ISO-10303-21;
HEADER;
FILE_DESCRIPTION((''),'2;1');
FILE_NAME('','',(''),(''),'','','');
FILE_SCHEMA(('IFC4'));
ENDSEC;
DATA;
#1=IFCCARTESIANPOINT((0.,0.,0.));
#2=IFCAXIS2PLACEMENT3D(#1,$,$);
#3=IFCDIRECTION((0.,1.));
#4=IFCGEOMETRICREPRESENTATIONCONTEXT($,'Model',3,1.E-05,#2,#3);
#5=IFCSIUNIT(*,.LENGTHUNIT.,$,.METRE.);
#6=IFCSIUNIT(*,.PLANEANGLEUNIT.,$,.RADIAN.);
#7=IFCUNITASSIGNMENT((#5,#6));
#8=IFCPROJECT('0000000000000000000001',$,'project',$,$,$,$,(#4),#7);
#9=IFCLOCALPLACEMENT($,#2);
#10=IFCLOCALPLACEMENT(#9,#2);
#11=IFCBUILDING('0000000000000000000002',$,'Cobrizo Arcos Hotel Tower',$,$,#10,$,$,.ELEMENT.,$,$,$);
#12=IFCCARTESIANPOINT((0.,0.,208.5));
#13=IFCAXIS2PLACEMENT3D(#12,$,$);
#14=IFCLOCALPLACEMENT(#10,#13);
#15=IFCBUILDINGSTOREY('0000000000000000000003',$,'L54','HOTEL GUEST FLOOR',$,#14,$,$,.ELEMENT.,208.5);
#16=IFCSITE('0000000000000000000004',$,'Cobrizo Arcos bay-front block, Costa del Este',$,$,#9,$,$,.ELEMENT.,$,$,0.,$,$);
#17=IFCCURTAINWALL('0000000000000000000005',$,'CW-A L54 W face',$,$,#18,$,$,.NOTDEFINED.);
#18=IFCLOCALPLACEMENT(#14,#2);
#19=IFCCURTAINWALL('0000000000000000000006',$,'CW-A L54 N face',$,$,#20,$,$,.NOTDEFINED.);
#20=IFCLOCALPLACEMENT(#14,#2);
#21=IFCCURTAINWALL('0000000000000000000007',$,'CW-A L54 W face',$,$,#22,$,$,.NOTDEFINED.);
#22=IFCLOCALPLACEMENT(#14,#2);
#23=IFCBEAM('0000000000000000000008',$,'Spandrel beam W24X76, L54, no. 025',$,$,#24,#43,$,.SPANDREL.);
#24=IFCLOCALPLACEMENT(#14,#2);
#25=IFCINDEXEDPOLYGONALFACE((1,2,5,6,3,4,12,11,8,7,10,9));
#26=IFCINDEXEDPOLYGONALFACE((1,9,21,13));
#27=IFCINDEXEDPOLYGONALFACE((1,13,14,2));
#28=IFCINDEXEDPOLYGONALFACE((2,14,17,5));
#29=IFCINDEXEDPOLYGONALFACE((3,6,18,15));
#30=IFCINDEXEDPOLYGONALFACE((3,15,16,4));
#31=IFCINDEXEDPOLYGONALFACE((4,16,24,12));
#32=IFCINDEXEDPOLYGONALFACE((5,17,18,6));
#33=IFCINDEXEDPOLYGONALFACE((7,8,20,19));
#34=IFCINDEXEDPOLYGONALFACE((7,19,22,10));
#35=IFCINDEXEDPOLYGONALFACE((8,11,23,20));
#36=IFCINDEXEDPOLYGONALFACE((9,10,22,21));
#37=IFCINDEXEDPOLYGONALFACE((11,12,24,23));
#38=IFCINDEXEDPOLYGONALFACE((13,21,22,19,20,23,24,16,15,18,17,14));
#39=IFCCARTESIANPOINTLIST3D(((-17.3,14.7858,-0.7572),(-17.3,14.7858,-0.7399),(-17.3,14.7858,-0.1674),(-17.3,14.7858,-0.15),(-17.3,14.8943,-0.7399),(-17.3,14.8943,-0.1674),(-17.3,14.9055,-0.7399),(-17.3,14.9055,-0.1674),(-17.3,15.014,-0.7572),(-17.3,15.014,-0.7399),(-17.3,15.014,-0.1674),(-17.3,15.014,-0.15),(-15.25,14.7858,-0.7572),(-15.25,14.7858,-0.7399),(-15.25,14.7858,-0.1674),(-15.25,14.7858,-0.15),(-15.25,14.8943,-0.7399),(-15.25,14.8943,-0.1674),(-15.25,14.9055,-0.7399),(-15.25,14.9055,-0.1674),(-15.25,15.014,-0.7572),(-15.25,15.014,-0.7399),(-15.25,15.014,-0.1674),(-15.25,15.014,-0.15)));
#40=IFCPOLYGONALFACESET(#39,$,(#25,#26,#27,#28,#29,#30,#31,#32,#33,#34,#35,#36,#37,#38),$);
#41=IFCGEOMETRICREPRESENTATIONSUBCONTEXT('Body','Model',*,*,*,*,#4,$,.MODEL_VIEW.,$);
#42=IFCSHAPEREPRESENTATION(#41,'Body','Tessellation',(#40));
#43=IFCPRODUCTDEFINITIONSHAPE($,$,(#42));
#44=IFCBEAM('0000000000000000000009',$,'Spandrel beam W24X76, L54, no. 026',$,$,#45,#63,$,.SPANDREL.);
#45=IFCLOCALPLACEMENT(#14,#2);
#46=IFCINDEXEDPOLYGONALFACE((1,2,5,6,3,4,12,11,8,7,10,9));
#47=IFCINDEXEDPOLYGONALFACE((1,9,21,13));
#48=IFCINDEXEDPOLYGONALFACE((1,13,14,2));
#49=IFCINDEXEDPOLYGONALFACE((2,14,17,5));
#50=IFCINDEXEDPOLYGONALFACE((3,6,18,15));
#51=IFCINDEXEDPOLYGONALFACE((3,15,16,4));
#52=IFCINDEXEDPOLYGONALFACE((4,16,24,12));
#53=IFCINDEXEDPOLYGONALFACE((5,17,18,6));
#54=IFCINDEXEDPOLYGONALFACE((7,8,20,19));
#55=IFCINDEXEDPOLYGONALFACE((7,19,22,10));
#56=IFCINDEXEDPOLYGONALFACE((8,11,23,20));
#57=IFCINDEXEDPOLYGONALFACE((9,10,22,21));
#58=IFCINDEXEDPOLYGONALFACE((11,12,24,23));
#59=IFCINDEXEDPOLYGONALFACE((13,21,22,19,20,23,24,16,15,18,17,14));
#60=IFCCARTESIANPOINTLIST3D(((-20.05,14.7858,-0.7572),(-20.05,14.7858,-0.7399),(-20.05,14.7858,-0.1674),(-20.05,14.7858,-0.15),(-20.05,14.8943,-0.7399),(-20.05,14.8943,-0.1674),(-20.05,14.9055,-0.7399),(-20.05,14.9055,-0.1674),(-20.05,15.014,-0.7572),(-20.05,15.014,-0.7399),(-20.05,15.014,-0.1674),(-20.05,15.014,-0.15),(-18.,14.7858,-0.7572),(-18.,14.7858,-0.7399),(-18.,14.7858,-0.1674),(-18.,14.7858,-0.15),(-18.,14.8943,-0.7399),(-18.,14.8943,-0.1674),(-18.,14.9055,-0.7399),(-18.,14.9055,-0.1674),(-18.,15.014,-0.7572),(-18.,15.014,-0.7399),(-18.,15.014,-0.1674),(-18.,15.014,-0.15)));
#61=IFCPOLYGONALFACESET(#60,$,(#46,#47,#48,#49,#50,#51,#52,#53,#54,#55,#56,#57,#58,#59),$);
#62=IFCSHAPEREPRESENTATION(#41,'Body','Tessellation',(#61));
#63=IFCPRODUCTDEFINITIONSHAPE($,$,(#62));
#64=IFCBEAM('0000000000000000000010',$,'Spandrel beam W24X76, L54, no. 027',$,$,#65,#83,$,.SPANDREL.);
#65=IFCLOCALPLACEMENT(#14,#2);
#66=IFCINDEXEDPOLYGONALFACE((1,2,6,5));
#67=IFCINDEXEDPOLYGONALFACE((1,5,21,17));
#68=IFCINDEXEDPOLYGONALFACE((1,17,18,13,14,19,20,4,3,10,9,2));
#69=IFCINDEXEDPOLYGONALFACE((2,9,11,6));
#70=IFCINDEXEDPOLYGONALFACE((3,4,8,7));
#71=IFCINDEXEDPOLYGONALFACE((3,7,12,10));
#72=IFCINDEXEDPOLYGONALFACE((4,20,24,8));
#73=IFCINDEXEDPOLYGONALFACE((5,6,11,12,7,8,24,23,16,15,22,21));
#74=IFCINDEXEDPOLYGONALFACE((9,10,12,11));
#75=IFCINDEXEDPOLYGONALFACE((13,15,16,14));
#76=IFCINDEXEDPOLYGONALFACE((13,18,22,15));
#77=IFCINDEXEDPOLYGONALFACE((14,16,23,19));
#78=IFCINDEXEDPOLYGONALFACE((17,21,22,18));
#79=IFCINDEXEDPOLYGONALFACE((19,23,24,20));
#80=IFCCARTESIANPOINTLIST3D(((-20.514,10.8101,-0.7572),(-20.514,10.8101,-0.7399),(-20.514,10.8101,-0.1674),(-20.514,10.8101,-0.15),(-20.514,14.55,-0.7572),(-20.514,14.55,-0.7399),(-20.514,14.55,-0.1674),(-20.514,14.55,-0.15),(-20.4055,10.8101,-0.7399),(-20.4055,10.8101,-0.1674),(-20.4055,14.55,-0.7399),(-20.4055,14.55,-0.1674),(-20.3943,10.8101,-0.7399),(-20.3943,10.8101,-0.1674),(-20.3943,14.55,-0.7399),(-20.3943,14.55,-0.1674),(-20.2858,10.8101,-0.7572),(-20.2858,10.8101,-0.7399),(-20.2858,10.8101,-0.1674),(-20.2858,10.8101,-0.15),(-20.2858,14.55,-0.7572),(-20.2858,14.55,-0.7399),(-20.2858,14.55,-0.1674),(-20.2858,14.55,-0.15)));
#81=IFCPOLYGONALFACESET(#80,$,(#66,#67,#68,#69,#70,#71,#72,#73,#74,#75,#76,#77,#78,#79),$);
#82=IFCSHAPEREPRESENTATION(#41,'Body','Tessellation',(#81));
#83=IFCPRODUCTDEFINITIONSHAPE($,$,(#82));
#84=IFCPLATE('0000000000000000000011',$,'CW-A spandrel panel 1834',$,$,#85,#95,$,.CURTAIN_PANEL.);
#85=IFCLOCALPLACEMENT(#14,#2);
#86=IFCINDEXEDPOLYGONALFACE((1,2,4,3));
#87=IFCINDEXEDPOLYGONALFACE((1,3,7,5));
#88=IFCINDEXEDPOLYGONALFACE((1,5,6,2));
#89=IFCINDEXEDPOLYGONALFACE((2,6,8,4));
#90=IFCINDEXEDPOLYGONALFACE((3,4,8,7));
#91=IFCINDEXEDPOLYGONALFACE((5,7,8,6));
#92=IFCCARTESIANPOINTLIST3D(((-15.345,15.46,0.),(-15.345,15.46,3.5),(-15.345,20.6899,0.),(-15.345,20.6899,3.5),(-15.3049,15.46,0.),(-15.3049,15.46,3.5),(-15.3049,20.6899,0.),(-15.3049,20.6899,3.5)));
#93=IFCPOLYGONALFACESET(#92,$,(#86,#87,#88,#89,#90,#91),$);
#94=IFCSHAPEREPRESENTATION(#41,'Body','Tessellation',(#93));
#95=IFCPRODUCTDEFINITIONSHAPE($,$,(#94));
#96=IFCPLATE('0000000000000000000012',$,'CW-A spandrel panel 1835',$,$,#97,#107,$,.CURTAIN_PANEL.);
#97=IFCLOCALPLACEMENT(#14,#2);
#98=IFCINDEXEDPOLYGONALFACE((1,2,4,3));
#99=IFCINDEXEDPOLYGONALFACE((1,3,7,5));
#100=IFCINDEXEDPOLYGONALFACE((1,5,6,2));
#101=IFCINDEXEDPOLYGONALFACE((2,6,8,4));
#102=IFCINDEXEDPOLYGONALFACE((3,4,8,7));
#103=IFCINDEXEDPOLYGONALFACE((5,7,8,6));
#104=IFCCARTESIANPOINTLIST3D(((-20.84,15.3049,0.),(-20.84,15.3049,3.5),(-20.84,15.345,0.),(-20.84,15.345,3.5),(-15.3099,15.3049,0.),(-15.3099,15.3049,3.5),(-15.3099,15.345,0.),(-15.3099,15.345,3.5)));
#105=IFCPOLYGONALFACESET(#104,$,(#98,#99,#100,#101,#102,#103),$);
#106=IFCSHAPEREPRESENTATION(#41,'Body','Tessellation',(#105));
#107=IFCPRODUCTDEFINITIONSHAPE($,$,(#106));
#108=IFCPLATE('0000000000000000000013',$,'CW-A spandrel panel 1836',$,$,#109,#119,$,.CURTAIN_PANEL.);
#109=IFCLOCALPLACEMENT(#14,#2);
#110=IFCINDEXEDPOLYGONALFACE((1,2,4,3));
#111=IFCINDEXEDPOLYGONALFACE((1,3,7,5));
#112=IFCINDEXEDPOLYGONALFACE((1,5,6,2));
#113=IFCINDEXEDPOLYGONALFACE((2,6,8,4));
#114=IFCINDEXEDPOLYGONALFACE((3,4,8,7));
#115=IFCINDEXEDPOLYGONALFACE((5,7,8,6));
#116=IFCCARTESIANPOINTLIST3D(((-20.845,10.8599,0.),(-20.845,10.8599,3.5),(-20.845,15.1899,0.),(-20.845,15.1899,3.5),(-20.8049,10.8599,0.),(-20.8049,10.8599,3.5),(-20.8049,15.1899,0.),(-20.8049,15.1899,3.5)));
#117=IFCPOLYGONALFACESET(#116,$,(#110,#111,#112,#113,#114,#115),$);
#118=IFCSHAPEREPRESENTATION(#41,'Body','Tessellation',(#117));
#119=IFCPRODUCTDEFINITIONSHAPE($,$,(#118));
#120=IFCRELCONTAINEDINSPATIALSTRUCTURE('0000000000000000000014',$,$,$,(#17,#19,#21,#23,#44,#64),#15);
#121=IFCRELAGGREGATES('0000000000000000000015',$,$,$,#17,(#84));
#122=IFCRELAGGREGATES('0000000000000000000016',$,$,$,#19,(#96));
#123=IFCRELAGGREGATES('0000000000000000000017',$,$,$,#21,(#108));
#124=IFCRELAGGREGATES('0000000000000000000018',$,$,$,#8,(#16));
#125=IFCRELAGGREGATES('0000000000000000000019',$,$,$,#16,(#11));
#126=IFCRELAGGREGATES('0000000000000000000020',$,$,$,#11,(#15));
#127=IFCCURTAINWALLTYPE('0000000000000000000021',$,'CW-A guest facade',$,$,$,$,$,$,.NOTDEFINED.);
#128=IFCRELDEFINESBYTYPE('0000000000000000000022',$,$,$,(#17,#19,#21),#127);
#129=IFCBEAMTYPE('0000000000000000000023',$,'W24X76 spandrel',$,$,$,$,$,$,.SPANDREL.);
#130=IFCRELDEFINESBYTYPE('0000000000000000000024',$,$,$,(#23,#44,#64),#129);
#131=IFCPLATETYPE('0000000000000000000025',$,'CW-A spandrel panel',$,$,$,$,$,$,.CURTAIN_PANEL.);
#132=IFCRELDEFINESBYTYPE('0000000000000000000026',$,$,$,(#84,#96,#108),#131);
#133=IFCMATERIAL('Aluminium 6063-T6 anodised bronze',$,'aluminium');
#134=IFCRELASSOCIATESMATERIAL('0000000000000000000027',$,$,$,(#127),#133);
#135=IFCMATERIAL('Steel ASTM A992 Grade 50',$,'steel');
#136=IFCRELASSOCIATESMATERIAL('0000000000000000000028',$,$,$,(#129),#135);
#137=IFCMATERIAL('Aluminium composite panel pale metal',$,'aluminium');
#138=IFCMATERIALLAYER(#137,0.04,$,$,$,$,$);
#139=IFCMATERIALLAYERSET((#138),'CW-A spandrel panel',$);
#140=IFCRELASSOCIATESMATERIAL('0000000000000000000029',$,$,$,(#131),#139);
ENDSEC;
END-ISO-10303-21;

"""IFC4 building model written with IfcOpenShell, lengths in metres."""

from ifc_helpers import new_model, si_unit, direction, frame, origin, origin_2d, place, context, subcontext, project, spatial, rectangle, i_section, extrude, material, layer, layer_set, material_profile, profile_set, type_object, element, aggregate, save


model = new_model("IFC4")

# Units and contexts
model_context = context("Model", 3, precision=1e-05, world=origin(), true_north=direction((0.0, 1.0)))
body_context = subcontext(model_context, "Body", "Model", "MODEL_VIEW")
ifc_project = project(units=[si_unit("LENGTHUNIT", "METRE"), si_unit("PLANEANGLEUNIT", "RADIAN")], contexts=[model_context])

# Site, building, storey
site_placement = place(None, origin())
site = spatial("IfcSite", under=ifc_project, at=site_placement, Name="Cobrizo Arcos bay-front block, Costa del Este", CompositionType="ELEMENT", RefElevation=0.0)
building_placement = place(site_placement, origin())
building = spatial("IfcBuilding", under=site, at=building_placement, Name="Cobrizo Arcos Hotel Tower", CompositionType="ELEMENT")
storey_placement = place(building_placement, frame((0.0, 0.0, 208.5)))
storey = spatial("IfcBuildingStorey", under=building, at=storey_placement, Name="L54", Description="HOTEL GUEST FLOOR", CompositionType="ELEMENT", Elevation=208.5)

# Shared definitions
ifc_material_1 = material(Name="Aluminium 6063-T6 anodised bronze", Category="aluminium")
curtain_wall_type = type_object("IfcCurtainWallType", Name="CW-A guest facade", PredefinedType="NOTDEFINED", material=ifc_material_1)

# Curtain walls
curtain_wall_1_placement = place(storey_placement, origin())
curtain_wall_1 = element("IfcCurtainWall", 1, at=curtain_wall_1_placement, inside=storey, type_object=curtain_wall_type, Name="CW-A L54 W face", PredefinedType="NOTDEFINED")
curtain_wall_2_placement = place(storey_placement, origin())
curtain_wall_2 = element("IfcCurtainWall", 2, at=curtain_wall_2_placement, inside=storey, type_object=curtain_wall_type, Name="CW-A L54 N face", PredefinedType="NOTDEFINED")

# Curtain wall
curtain_wall_3_placement = place(storey_placement, origin())
curtain_wall_3 = element("IfcCurtainWall", 3, at=curtain_wall_3_placement, inside=storey, type_object=curtain_wall_type, Name="CW-A L54 W face", PredefinedType="NOTDEFINED")

# Beams
ifc_material_2 = material(Name="Steel ASTM A992 Grade 50", Category="steel")
ifc_material_profile_1 = material_profile(ifc_material_2, i_section(OverallWidth=0.2283, OverallDepth=0.6072, WebThickness=0.0112, FlangeThickness=0.0173, at=origin_2d()), Name="W24X76")
ifc_profile_set_1 = profile_set([ifc_material_profile_1], Name="Steel ASTM A992 Grade 50")
beam_type = type_object("IfcBeamType", Name="W24X76 spandrel", PredefinedType="SPANDREL", material=ifc_profile_set_1)
for number, where, z_axis, x_axis, name in (
    (4, (-15.25, 14.8999, -0.4536), (-1.0, 0.0, 0.0), (0.0, -1.0, 0.0), "Spandrel beam W24X76, L54, no. 025"),
    (5, (-18.0, 14.8999, -0.4536), (-1.0, 0.0, 0.0), (0.0, -1.0, 0.0), "Spandrel beam W24X76, L54, no. 026"),
):
    element("IfcBeam", number, at=place(storey_placement, frame(where, z_axis=z_axis, x_axis=x_axis)), inside=storey, type_object=beam_type, Name=name, PredefinedType="SPANDREL", context=body_context, shape_type="SweptSolid", body=[
        extrude(i_section(OverallWidth=0.2283, OverallDepth=0.6072, WebThickness=0.0112, FlangeThickness=0.0173, at=origin_2d()), origin(), (0.0, 0.0, 1.0), 2.05),
    ])
beam_placement = place(storey_placement, frame((-20.3999, 14.55, -0.4536), z_axis=(0.0, -1.0, 0.0), x_axis=(1.0, 0.0, 0.0)))
element("IfcBeam", 6, at=beam_placement, inside=storey, type_object=beam_type, Name="Spandrel beam W24X76, L54, no. 027", PredefinedType="SPANDREL", context=body_context, shape_type="SweptSolid", body=[
    extrude(i_section(OverallWidth=0.2283, OverallDepth=0.6072, WebThickness=0.0112, FlangeThickness=0.0173, at=origin_2d()), origin(), (0.0, 0.0, 1.0), 3.74),
])

# Plates
ifc_material_3 = material(Name="Aluminium composite panel pale metal", Category="aluminium")
ifc_layer_1 = layer(ifc_material_3, 0.04)
ifc_layer_set_1 = layer_set([ifc_layer_1], Name="CW-A spandrel panel")
plate_type = type_object("IfcPlateType", Name="CW-A spandrel panel", PredefinedType="CURTAIN_PANEL", material=ifc_layer_set_1)
plate_1_placement = place(storey_placement, frame((-15.325, 18.075, 0.0), z_axis=(0.0, 0.0, 1.0), x_axis=(0.0, -1.0, 0.0)))
plate_1 = element("IfcPlate", 7, at=plate_1_placement, type_object=plate_type, Name="CW-A spandrel panel 1834", PredefinedType="CURTAIN_PANEL", context=body_context, shape_type="SweptSolid", body=[
    extrude(rectangle(XDim=5.23, YDim=0.04, at=origin_2d()), origin(), (0.0, 0.0, 1.0), 3.5),
])
aggregate(curtain_wall_1, [plate_1])
plate_2_placement = place(storey_placement, frame((-18.075, 15.325, 0.0), z_axis=(0.0, 0.0, 1.0), x_axis=(-1.0, 0.0, 0.0)))
plate_2 = element("IfcPlate", 8, at=plate_2_placement, type_object=plate_type, Name="CW-A spandrel panel 1835", PredefinedType="CURTAIN_PANEL", context=body_context, shape_type="SweptSolid", body=[
    extrude(rectangle(XDim=5.53, YDim=0.04, at=origin_2d()), origin(), (0.0, 0.0, 1.0), 3.5),
])
aggregate(curtain_wall_2, [plate_2])
plate_3_placement = place(storey_placement, frame((-20.825, 13.0249, 0.0), z_axis=(0.0, 0.0, 1.0), x_axis=(0.0, -1.0, 0.0)))
plate_3 = element("IfcPlate", 9, at=plate_3_placement, type_object=plate_type, Name="CW-A spandrel panel 1836", PredefinedType="CURTAIN_PANEL", context=body_context, shape_type="SweptSolid", body=[
    extrude(rectangle(XDim=4.3301, YDim=0.04, at=origin_2d()), origin(), (0.0, 0.0, 1.0), 3.5),
])
aggregate(curtain_wall_3, [plate_3])

save(model, "model.ifc")
